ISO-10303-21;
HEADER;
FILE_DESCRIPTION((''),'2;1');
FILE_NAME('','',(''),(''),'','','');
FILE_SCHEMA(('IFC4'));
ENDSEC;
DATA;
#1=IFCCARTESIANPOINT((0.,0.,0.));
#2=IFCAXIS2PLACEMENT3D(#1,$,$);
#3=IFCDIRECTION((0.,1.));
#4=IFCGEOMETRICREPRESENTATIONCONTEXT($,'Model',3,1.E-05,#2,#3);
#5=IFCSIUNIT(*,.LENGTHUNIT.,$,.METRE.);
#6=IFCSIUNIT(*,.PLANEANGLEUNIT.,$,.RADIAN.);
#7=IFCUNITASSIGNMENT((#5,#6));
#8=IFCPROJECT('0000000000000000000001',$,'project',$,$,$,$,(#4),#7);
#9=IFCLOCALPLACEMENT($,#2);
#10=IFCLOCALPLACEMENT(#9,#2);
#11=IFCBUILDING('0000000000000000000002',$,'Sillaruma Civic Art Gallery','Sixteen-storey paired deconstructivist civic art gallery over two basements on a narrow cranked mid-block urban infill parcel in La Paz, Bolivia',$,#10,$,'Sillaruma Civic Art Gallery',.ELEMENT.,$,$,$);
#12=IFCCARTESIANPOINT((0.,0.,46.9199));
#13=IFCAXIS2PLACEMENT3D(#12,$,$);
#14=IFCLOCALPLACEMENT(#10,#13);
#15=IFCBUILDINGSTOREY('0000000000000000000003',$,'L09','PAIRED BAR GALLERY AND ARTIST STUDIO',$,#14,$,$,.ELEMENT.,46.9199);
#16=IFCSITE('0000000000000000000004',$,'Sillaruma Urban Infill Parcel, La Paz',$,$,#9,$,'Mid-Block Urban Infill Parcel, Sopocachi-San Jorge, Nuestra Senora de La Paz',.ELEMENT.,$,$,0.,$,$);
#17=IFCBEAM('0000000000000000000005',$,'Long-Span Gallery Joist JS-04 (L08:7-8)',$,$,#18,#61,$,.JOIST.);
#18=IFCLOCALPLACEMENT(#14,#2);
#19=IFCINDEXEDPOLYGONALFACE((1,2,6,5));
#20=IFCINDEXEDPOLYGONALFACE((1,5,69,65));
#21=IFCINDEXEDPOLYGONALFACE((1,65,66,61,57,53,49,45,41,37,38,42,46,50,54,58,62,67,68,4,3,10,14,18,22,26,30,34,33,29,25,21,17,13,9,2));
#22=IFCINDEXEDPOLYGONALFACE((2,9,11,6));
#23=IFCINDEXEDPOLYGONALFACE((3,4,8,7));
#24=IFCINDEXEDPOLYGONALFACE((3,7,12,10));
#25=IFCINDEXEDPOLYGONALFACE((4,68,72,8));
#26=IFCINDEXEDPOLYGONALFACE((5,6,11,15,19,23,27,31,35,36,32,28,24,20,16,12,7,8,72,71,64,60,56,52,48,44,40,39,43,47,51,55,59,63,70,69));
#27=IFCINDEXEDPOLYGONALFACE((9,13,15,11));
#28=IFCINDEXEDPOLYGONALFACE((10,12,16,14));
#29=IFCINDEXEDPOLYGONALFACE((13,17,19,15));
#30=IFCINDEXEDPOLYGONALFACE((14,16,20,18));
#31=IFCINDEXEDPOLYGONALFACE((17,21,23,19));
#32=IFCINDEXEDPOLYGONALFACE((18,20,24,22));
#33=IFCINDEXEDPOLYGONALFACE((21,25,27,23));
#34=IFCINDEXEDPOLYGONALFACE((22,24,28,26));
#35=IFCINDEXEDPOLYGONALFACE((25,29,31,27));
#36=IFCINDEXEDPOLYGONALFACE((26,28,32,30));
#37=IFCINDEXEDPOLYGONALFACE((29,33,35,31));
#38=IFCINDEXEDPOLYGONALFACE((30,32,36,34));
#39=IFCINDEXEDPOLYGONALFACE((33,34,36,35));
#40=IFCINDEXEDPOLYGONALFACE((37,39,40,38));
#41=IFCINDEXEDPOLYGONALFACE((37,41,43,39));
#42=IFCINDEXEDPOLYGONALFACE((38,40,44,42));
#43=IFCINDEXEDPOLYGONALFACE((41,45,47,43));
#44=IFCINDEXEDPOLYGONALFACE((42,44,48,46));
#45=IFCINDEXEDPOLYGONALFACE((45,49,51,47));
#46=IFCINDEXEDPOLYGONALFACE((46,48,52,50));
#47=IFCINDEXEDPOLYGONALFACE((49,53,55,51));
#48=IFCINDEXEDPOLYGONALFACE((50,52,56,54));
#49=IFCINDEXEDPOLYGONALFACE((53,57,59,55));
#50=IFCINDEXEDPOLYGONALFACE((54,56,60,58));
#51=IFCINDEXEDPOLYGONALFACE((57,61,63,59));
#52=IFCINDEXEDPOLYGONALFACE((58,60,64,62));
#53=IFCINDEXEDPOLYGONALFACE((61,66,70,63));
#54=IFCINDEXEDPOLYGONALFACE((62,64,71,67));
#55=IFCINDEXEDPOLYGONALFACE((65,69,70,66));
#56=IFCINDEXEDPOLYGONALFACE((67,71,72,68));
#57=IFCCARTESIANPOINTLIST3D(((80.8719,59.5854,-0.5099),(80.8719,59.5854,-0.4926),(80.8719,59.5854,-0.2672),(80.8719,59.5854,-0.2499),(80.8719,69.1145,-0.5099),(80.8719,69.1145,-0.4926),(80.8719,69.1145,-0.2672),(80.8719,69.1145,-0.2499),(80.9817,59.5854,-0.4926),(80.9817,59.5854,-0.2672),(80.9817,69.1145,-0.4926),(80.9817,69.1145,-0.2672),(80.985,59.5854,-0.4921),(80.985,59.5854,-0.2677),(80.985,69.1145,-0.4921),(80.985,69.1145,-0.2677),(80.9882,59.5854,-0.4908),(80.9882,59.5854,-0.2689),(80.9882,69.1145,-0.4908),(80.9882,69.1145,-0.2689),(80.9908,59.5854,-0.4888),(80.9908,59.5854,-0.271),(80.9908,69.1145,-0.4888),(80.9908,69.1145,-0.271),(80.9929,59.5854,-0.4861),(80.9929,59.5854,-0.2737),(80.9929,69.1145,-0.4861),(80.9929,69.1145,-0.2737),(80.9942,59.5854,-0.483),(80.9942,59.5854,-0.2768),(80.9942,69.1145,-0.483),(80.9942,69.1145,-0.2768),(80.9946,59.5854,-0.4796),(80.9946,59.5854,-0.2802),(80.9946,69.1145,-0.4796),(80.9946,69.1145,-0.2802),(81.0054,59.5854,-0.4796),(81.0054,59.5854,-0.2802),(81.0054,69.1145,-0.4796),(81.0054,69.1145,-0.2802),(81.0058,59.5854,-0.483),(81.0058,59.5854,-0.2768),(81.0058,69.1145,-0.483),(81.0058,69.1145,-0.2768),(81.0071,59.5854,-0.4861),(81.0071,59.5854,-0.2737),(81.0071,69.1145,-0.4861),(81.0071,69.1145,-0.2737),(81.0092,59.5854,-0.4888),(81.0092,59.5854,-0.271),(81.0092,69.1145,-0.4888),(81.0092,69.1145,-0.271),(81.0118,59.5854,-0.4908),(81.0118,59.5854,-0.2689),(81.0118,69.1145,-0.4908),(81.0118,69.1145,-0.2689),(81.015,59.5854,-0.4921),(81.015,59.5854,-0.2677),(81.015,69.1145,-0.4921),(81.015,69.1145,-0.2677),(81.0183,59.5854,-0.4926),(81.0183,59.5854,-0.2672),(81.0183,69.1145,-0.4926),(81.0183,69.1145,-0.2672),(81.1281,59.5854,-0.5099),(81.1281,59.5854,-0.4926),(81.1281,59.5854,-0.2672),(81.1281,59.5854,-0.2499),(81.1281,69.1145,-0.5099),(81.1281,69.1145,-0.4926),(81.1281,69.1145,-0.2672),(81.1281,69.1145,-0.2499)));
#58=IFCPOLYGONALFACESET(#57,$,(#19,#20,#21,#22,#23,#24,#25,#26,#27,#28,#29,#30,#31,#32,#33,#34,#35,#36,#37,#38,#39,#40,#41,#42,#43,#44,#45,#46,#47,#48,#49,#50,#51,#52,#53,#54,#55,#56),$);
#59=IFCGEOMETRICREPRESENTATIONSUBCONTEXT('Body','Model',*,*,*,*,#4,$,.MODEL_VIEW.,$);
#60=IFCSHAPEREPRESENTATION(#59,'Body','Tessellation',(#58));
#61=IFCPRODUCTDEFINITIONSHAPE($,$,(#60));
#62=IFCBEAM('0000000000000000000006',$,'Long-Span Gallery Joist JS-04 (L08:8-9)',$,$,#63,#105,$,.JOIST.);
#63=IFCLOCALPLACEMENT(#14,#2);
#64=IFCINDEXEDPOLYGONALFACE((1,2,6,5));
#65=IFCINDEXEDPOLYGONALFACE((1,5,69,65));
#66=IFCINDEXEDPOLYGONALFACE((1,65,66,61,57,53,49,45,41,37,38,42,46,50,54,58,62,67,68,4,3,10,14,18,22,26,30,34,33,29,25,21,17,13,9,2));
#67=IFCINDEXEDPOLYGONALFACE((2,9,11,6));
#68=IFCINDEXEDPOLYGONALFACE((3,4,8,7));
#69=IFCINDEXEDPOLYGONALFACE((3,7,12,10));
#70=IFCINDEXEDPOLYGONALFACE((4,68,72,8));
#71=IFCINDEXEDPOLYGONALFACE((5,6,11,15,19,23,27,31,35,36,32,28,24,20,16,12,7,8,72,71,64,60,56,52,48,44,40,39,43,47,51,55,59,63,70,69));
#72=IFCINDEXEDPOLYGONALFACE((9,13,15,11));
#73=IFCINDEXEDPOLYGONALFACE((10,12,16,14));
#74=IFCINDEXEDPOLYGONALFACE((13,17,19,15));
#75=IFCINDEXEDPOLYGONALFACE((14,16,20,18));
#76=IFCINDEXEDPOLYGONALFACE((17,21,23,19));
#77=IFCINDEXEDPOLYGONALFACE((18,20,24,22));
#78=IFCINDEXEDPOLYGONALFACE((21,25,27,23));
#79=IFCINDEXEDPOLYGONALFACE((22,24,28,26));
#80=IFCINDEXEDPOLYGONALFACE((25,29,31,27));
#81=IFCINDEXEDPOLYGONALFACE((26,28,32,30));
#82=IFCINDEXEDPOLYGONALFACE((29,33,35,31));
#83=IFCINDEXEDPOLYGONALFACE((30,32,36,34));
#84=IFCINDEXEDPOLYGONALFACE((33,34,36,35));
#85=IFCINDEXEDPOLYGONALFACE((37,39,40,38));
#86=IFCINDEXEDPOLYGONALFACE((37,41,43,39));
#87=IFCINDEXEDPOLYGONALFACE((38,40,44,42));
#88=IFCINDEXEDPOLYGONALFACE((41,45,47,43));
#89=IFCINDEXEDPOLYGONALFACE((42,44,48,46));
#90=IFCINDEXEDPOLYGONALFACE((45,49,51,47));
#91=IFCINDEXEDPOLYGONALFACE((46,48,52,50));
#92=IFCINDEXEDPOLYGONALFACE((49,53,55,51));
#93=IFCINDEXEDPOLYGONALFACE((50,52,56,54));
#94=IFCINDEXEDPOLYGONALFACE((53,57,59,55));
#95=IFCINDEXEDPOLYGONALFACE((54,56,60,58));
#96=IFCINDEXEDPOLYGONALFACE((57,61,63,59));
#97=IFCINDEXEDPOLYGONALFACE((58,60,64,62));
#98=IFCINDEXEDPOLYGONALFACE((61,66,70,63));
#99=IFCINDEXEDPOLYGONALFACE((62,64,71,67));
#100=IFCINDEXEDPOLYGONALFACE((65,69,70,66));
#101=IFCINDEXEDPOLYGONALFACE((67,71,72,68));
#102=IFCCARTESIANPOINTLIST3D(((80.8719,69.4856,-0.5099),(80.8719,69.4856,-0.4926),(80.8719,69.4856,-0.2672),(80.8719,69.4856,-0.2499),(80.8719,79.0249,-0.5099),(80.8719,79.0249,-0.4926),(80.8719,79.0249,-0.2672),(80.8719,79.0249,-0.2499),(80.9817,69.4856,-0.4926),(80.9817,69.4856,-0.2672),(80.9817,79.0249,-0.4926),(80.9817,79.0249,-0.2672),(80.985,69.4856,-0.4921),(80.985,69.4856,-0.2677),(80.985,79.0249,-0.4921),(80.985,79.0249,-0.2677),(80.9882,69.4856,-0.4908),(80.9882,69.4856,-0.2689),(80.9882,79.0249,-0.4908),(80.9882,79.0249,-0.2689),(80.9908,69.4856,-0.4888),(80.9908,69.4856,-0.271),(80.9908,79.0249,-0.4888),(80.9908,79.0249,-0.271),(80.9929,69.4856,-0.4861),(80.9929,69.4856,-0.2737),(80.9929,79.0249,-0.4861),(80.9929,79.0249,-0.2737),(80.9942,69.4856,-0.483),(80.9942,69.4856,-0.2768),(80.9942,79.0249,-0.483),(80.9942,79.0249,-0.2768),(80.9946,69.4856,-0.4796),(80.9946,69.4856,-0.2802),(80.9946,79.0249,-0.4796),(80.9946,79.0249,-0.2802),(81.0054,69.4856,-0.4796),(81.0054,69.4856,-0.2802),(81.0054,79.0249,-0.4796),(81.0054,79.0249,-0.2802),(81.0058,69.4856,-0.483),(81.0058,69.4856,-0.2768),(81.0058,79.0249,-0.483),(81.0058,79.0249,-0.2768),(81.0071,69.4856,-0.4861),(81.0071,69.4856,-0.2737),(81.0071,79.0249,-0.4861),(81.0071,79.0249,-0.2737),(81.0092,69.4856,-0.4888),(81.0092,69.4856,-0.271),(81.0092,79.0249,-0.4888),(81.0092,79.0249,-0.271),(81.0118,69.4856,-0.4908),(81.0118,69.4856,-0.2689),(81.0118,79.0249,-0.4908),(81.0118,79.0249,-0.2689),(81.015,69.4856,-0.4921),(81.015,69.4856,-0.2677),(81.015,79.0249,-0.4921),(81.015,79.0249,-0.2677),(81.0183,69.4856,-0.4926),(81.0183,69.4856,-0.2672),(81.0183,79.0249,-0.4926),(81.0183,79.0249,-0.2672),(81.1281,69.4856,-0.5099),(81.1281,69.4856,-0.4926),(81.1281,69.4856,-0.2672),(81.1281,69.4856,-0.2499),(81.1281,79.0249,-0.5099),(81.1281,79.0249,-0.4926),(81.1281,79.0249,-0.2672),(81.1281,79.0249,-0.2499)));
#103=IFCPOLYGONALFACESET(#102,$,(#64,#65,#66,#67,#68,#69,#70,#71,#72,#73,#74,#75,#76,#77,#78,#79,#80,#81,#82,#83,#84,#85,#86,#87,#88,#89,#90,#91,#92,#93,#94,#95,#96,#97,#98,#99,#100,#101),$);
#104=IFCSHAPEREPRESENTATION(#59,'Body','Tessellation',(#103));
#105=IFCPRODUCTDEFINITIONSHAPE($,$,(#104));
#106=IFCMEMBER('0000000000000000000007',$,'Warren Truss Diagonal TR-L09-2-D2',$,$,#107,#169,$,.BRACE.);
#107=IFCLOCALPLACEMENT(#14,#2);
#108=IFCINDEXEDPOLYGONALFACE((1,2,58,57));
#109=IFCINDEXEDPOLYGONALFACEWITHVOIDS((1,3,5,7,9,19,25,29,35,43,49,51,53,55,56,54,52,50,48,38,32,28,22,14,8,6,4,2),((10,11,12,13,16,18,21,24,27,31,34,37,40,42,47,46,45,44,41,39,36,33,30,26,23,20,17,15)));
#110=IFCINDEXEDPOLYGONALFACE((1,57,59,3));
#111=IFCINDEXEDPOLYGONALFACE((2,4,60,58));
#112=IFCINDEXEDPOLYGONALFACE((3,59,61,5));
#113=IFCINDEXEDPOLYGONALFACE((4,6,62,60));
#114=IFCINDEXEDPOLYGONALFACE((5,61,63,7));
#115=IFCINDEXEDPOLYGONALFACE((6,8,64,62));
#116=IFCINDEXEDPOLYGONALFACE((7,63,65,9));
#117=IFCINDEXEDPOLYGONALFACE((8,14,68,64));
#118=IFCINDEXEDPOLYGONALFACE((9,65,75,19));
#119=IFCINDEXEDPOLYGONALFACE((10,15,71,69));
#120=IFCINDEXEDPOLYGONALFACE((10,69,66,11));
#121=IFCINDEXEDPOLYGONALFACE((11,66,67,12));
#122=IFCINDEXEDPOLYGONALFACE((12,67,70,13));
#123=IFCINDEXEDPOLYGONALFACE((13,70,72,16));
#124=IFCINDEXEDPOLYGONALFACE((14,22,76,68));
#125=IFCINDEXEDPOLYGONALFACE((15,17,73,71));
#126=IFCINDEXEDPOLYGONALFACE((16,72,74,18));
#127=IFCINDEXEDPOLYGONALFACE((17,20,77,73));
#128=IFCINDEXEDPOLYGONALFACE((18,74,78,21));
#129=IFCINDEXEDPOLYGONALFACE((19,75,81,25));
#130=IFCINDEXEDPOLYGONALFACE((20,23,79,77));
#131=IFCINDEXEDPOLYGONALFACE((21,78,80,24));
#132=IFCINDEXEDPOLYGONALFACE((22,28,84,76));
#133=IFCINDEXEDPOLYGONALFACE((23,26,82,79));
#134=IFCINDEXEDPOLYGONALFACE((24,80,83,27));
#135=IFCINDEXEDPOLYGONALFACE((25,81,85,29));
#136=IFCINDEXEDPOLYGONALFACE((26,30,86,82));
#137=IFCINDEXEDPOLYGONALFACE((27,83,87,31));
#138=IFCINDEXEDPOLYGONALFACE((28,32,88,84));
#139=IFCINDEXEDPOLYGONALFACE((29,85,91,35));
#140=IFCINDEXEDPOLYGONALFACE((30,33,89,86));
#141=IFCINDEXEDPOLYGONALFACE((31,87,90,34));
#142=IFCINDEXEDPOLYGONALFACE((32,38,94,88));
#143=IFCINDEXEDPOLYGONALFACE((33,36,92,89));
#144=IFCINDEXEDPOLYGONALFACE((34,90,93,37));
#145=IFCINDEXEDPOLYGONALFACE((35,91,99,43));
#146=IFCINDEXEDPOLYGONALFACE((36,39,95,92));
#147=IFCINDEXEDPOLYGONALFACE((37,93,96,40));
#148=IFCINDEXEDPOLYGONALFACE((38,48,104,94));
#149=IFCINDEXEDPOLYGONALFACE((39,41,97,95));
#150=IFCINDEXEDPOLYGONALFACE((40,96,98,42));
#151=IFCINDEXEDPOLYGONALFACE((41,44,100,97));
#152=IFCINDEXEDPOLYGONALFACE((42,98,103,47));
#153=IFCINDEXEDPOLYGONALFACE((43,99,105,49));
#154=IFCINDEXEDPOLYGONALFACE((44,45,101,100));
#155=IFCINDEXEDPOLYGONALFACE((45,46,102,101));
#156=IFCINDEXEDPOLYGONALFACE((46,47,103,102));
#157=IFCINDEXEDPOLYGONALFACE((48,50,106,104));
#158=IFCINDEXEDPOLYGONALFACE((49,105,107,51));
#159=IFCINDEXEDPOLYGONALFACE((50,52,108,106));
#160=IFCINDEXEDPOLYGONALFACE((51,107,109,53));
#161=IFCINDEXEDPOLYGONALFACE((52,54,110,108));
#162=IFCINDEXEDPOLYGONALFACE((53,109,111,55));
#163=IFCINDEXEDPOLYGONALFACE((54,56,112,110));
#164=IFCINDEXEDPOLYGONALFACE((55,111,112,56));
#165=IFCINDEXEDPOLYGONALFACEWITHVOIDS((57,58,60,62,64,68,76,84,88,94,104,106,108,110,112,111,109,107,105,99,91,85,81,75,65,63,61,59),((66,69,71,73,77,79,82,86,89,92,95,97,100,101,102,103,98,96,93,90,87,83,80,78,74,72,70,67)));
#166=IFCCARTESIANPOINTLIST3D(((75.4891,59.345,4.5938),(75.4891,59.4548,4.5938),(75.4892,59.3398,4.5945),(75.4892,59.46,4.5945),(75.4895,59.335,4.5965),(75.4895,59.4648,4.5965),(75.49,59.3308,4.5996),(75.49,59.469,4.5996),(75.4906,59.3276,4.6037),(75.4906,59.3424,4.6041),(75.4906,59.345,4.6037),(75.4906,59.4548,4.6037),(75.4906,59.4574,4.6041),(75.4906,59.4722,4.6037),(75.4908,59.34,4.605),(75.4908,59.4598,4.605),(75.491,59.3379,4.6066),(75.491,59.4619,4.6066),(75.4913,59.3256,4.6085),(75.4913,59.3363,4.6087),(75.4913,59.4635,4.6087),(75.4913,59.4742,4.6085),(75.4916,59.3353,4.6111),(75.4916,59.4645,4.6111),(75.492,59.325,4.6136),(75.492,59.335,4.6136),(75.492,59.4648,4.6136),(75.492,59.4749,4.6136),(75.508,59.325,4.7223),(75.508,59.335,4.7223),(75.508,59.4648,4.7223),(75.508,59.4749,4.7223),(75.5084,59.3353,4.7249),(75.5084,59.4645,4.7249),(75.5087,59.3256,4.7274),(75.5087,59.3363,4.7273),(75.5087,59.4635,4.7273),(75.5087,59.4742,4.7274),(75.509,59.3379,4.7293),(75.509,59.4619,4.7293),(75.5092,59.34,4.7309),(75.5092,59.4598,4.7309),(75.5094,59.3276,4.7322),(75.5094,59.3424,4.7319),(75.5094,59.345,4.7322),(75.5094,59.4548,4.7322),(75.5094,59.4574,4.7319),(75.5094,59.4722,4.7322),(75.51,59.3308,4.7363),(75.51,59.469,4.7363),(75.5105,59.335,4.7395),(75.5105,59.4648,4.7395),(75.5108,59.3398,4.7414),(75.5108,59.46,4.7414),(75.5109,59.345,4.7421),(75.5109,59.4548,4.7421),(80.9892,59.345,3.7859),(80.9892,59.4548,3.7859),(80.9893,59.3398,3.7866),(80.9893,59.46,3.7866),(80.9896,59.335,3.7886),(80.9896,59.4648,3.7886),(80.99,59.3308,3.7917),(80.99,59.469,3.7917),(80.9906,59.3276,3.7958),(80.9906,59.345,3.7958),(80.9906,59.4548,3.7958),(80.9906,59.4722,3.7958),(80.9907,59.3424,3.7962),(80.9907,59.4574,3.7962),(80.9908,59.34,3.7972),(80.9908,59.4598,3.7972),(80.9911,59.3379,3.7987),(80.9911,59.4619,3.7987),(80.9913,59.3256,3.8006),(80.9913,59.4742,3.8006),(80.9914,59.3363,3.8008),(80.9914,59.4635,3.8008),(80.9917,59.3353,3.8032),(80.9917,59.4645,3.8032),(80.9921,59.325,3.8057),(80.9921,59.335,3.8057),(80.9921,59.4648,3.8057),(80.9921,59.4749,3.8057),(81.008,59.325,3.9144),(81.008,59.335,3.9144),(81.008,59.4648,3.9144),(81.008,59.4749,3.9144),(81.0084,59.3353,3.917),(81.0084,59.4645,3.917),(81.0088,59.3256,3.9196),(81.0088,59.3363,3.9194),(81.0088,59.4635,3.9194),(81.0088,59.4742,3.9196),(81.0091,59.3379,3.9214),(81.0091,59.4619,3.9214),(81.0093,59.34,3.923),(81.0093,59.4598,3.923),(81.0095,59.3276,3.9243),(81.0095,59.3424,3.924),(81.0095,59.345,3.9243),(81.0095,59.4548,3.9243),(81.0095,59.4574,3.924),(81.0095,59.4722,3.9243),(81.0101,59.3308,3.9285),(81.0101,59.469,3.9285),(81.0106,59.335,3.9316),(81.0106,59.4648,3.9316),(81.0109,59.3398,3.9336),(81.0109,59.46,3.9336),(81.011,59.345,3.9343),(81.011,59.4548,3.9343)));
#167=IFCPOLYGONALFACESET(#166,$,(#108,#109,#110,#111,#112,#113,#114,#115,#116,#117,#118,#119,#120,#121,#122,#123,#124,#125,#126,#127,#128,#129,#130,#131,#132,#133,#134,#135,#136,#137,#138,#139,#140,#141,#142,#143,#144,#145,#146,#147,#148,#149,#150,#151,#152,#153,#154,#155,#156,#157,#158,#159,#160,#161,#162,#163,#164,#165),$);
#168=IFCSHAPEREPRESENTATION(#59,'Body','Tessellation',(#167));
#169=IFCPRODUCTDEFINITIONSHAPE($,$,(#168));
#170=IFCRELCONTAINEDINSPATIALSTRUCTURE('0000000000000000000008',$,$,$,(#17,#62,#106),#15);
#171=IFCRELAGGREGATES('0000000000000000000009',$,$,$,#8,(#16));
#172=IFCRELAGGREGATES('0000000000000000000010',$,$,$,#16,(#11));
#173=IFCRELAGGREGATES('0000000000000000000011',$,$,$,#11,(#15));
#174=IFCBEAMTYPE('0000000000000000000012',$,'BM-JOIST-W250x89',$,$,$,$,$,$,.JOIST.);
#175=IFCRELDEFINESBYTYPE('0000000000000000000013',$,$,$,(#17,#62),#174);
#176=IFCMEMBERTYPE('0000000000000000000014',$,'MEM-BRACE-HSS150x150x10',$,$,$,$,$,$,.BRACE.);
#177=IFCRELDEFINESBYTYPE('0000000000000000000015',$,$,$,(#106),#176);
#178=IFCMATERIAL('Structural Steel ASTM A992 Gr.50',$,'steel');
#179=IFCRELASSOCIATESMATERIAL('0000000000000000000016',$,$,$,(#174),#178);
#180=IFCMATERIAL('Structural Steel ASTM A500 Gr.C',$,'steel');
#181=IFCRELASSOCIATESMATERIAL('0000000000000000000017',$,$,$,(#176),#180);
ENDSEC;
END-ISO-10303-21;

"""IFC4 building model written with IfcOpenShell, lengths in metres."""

from ifc_helpers import new_model, si_unit, direction, frame, origin, origin_2d, place, context, subcontext, project, spatial, hollow_rectangle, i_section, extrude, material, material_profile, profile_set, type_object, element, save


model = new_model("IFC4")

# Units and contexts
model_context = context("Model", 3, precision=1e-05, world=origin(), true_north=direction((0.0, 1.0)))
body_context = subcontext(model_context, "Body", "Model", "MODEL_VIEW")
ifc_project = project(units=[si_unit("LENGTHUNIT", "METRE"), si_unit("PLANEANGLEUNIT", "RADIAN")], contexts=[model_context])

# Site, building, storey
site_placement = place(None, origin())
site = spatial("IfcSite", under=ifc_project, at=site_placement, Name="Sillaruma Urban Infill Parcel, La Paz", LongName="Mid-Block Urban Infill Parcel, Sopocachi-San Jorge, Nuestra Senora de La Paz", CompositionType="ELEMENT", RefElevation=0.0)
building_placement = place(site_placement, origin())
building = spatial("IfcBuilding", under=site, at=building_placement, Name="Sillaruma Civic Art Gallery", Description="Sixteen-storey paired deconstructivist civic art gallery over two basements on a narrow cranked mid-block urban infill parcel in La Paz, Bolivia", LongName="Sillaruma Civic Art Gallery", CompositionType="ELEMENT")
storey_placement = place(building_placement, frame((0.0, 0.0, 46.9199)))
storey = spatial("IfcBuildingStorey", under=building, at=storey_placement, Name="L09", Description="PAIRED BAR GALLERY AND ARTIST STUDIO", CompositionType="ELEMENT", Elevation=46.9199)

# Beams
ifc_material_1 = material(Name="Structural Steel ASTM A992 Gr.50", Category="steel")
ifc_material_profile_1 = material_profile(ifc_material_1, i_section(OverallWidth=0.2561, OverallDepth=0.26, WebThickness=0.0107, FlangeThickness=0.0173, FilletRadius=0.0129, at=origin_2d()), Name="W250x89")
ifc_profile_set_1 = profile_set([ifc_material_profile_1], Name="Structural Steel ASTM A992 Gr.50")
beam_type = type_object("IfcBeamType", Name="BM-JOIST-W250x89", PredefinedType="JOIST", material=ifc_profile_set_1)
beam_1_placement = place(storey_placement, frame((81.0, 59.5854, -0.3799), z_axis=(0.0, 1.0, 0.0), x_axis=(-1.0, 0.0, 0.0)))
element("IfcBeam", 1, at=beam_1_placement, inside=storey, type_object=beam_type, Name="Long-Span Gallery Joist JS-04 (L08:7-8)", PredefinedType="JOIST", context=body_context, shape_type="SweptSolid", body=[
    extrude(i_section(OverallWidth=0.2561, OverallDepth=0.26, WebThickness=0.0107, FlangeThickness=0.0173, FilletRadius=0.0129, at=origin_2d()), origin(), (0.0, 0.0, 1.0), 9.5291),
])
beam_2_placement = place(storey_placement, frame((81.0, 69.4856, -0.3799), z_axis=(0.0, 1.0, 0.0), x_axis=(-1.0, 0.0, 0.0)))
element("IfcBeam", 2, at=beam_2_placement, inside=storey, type_object=beam_type, Name="Long-Span Gallery Joist JS-04 (L08:8-9)", PredefinedType="JOIST", context=body_context, shape_type="SweptSolid", body=[
    extrude(i_section(OverallWidth=0.2561, OverallDepth=0.26, WebThickness=0.0107, FlangeThickness=0.0173, FilletRadius=0.0129, at=origin_2d()), origin(), (0.0, 0.0, 1.0), 9.5393),
])

# Member
ifc_material_2 = material(Name="Structural Steel ASTM A500 Gr.C", Category="steel")
ifc_material_profile_2 = material_profile(ifc_material_2, hollow_rectangle(XDim=0.1499, YDim=0.1499, WallThickness=0.01, InnerFilletRadius=0.01, OuterFilletRadius=0.02, at=origin_2d()), Name="HSS150x150x10")
ifc_profile_set_2 = profile_set([ifc_material_profile_2], Name="Structural Steel ASTM A500 Gr.C")
member_type_1 = type_object("IfcMemberType", Name="MEM-BRACE-HSS150x150x10", PredefinedType="BRACE", material=ifc_profile_set_2)
for number, where, z_axis, x_axis, name in (
    (3, (75.5, 59.3999, 4.668), (0.989384, 0.0, -0.145325), (0.0, 1.0, 0.0), "Warren Truss Diagonal TR-L09-2-D2"),
):
    element("IfcMember", number, at=place(storey_placement, frame(where, z_axis=z_axis, x_axis=x_axis)), inside=storey, type_object=member_type_1, Name=name, PredefinedType="BRACE", context=body_context, shape_type="SweptSolid", body=[
        extrude(hollow_rectangle(XDim=0.1499, YDim=0.1499, WallThickness=0.01, InnerFilletRadius=0.01, OuterFilletRadius=0.02, at=origin_2d()), origin(), (0.0, 0.0, 1.0), 5.5591),
    ])

save(model, "model.ifc")
